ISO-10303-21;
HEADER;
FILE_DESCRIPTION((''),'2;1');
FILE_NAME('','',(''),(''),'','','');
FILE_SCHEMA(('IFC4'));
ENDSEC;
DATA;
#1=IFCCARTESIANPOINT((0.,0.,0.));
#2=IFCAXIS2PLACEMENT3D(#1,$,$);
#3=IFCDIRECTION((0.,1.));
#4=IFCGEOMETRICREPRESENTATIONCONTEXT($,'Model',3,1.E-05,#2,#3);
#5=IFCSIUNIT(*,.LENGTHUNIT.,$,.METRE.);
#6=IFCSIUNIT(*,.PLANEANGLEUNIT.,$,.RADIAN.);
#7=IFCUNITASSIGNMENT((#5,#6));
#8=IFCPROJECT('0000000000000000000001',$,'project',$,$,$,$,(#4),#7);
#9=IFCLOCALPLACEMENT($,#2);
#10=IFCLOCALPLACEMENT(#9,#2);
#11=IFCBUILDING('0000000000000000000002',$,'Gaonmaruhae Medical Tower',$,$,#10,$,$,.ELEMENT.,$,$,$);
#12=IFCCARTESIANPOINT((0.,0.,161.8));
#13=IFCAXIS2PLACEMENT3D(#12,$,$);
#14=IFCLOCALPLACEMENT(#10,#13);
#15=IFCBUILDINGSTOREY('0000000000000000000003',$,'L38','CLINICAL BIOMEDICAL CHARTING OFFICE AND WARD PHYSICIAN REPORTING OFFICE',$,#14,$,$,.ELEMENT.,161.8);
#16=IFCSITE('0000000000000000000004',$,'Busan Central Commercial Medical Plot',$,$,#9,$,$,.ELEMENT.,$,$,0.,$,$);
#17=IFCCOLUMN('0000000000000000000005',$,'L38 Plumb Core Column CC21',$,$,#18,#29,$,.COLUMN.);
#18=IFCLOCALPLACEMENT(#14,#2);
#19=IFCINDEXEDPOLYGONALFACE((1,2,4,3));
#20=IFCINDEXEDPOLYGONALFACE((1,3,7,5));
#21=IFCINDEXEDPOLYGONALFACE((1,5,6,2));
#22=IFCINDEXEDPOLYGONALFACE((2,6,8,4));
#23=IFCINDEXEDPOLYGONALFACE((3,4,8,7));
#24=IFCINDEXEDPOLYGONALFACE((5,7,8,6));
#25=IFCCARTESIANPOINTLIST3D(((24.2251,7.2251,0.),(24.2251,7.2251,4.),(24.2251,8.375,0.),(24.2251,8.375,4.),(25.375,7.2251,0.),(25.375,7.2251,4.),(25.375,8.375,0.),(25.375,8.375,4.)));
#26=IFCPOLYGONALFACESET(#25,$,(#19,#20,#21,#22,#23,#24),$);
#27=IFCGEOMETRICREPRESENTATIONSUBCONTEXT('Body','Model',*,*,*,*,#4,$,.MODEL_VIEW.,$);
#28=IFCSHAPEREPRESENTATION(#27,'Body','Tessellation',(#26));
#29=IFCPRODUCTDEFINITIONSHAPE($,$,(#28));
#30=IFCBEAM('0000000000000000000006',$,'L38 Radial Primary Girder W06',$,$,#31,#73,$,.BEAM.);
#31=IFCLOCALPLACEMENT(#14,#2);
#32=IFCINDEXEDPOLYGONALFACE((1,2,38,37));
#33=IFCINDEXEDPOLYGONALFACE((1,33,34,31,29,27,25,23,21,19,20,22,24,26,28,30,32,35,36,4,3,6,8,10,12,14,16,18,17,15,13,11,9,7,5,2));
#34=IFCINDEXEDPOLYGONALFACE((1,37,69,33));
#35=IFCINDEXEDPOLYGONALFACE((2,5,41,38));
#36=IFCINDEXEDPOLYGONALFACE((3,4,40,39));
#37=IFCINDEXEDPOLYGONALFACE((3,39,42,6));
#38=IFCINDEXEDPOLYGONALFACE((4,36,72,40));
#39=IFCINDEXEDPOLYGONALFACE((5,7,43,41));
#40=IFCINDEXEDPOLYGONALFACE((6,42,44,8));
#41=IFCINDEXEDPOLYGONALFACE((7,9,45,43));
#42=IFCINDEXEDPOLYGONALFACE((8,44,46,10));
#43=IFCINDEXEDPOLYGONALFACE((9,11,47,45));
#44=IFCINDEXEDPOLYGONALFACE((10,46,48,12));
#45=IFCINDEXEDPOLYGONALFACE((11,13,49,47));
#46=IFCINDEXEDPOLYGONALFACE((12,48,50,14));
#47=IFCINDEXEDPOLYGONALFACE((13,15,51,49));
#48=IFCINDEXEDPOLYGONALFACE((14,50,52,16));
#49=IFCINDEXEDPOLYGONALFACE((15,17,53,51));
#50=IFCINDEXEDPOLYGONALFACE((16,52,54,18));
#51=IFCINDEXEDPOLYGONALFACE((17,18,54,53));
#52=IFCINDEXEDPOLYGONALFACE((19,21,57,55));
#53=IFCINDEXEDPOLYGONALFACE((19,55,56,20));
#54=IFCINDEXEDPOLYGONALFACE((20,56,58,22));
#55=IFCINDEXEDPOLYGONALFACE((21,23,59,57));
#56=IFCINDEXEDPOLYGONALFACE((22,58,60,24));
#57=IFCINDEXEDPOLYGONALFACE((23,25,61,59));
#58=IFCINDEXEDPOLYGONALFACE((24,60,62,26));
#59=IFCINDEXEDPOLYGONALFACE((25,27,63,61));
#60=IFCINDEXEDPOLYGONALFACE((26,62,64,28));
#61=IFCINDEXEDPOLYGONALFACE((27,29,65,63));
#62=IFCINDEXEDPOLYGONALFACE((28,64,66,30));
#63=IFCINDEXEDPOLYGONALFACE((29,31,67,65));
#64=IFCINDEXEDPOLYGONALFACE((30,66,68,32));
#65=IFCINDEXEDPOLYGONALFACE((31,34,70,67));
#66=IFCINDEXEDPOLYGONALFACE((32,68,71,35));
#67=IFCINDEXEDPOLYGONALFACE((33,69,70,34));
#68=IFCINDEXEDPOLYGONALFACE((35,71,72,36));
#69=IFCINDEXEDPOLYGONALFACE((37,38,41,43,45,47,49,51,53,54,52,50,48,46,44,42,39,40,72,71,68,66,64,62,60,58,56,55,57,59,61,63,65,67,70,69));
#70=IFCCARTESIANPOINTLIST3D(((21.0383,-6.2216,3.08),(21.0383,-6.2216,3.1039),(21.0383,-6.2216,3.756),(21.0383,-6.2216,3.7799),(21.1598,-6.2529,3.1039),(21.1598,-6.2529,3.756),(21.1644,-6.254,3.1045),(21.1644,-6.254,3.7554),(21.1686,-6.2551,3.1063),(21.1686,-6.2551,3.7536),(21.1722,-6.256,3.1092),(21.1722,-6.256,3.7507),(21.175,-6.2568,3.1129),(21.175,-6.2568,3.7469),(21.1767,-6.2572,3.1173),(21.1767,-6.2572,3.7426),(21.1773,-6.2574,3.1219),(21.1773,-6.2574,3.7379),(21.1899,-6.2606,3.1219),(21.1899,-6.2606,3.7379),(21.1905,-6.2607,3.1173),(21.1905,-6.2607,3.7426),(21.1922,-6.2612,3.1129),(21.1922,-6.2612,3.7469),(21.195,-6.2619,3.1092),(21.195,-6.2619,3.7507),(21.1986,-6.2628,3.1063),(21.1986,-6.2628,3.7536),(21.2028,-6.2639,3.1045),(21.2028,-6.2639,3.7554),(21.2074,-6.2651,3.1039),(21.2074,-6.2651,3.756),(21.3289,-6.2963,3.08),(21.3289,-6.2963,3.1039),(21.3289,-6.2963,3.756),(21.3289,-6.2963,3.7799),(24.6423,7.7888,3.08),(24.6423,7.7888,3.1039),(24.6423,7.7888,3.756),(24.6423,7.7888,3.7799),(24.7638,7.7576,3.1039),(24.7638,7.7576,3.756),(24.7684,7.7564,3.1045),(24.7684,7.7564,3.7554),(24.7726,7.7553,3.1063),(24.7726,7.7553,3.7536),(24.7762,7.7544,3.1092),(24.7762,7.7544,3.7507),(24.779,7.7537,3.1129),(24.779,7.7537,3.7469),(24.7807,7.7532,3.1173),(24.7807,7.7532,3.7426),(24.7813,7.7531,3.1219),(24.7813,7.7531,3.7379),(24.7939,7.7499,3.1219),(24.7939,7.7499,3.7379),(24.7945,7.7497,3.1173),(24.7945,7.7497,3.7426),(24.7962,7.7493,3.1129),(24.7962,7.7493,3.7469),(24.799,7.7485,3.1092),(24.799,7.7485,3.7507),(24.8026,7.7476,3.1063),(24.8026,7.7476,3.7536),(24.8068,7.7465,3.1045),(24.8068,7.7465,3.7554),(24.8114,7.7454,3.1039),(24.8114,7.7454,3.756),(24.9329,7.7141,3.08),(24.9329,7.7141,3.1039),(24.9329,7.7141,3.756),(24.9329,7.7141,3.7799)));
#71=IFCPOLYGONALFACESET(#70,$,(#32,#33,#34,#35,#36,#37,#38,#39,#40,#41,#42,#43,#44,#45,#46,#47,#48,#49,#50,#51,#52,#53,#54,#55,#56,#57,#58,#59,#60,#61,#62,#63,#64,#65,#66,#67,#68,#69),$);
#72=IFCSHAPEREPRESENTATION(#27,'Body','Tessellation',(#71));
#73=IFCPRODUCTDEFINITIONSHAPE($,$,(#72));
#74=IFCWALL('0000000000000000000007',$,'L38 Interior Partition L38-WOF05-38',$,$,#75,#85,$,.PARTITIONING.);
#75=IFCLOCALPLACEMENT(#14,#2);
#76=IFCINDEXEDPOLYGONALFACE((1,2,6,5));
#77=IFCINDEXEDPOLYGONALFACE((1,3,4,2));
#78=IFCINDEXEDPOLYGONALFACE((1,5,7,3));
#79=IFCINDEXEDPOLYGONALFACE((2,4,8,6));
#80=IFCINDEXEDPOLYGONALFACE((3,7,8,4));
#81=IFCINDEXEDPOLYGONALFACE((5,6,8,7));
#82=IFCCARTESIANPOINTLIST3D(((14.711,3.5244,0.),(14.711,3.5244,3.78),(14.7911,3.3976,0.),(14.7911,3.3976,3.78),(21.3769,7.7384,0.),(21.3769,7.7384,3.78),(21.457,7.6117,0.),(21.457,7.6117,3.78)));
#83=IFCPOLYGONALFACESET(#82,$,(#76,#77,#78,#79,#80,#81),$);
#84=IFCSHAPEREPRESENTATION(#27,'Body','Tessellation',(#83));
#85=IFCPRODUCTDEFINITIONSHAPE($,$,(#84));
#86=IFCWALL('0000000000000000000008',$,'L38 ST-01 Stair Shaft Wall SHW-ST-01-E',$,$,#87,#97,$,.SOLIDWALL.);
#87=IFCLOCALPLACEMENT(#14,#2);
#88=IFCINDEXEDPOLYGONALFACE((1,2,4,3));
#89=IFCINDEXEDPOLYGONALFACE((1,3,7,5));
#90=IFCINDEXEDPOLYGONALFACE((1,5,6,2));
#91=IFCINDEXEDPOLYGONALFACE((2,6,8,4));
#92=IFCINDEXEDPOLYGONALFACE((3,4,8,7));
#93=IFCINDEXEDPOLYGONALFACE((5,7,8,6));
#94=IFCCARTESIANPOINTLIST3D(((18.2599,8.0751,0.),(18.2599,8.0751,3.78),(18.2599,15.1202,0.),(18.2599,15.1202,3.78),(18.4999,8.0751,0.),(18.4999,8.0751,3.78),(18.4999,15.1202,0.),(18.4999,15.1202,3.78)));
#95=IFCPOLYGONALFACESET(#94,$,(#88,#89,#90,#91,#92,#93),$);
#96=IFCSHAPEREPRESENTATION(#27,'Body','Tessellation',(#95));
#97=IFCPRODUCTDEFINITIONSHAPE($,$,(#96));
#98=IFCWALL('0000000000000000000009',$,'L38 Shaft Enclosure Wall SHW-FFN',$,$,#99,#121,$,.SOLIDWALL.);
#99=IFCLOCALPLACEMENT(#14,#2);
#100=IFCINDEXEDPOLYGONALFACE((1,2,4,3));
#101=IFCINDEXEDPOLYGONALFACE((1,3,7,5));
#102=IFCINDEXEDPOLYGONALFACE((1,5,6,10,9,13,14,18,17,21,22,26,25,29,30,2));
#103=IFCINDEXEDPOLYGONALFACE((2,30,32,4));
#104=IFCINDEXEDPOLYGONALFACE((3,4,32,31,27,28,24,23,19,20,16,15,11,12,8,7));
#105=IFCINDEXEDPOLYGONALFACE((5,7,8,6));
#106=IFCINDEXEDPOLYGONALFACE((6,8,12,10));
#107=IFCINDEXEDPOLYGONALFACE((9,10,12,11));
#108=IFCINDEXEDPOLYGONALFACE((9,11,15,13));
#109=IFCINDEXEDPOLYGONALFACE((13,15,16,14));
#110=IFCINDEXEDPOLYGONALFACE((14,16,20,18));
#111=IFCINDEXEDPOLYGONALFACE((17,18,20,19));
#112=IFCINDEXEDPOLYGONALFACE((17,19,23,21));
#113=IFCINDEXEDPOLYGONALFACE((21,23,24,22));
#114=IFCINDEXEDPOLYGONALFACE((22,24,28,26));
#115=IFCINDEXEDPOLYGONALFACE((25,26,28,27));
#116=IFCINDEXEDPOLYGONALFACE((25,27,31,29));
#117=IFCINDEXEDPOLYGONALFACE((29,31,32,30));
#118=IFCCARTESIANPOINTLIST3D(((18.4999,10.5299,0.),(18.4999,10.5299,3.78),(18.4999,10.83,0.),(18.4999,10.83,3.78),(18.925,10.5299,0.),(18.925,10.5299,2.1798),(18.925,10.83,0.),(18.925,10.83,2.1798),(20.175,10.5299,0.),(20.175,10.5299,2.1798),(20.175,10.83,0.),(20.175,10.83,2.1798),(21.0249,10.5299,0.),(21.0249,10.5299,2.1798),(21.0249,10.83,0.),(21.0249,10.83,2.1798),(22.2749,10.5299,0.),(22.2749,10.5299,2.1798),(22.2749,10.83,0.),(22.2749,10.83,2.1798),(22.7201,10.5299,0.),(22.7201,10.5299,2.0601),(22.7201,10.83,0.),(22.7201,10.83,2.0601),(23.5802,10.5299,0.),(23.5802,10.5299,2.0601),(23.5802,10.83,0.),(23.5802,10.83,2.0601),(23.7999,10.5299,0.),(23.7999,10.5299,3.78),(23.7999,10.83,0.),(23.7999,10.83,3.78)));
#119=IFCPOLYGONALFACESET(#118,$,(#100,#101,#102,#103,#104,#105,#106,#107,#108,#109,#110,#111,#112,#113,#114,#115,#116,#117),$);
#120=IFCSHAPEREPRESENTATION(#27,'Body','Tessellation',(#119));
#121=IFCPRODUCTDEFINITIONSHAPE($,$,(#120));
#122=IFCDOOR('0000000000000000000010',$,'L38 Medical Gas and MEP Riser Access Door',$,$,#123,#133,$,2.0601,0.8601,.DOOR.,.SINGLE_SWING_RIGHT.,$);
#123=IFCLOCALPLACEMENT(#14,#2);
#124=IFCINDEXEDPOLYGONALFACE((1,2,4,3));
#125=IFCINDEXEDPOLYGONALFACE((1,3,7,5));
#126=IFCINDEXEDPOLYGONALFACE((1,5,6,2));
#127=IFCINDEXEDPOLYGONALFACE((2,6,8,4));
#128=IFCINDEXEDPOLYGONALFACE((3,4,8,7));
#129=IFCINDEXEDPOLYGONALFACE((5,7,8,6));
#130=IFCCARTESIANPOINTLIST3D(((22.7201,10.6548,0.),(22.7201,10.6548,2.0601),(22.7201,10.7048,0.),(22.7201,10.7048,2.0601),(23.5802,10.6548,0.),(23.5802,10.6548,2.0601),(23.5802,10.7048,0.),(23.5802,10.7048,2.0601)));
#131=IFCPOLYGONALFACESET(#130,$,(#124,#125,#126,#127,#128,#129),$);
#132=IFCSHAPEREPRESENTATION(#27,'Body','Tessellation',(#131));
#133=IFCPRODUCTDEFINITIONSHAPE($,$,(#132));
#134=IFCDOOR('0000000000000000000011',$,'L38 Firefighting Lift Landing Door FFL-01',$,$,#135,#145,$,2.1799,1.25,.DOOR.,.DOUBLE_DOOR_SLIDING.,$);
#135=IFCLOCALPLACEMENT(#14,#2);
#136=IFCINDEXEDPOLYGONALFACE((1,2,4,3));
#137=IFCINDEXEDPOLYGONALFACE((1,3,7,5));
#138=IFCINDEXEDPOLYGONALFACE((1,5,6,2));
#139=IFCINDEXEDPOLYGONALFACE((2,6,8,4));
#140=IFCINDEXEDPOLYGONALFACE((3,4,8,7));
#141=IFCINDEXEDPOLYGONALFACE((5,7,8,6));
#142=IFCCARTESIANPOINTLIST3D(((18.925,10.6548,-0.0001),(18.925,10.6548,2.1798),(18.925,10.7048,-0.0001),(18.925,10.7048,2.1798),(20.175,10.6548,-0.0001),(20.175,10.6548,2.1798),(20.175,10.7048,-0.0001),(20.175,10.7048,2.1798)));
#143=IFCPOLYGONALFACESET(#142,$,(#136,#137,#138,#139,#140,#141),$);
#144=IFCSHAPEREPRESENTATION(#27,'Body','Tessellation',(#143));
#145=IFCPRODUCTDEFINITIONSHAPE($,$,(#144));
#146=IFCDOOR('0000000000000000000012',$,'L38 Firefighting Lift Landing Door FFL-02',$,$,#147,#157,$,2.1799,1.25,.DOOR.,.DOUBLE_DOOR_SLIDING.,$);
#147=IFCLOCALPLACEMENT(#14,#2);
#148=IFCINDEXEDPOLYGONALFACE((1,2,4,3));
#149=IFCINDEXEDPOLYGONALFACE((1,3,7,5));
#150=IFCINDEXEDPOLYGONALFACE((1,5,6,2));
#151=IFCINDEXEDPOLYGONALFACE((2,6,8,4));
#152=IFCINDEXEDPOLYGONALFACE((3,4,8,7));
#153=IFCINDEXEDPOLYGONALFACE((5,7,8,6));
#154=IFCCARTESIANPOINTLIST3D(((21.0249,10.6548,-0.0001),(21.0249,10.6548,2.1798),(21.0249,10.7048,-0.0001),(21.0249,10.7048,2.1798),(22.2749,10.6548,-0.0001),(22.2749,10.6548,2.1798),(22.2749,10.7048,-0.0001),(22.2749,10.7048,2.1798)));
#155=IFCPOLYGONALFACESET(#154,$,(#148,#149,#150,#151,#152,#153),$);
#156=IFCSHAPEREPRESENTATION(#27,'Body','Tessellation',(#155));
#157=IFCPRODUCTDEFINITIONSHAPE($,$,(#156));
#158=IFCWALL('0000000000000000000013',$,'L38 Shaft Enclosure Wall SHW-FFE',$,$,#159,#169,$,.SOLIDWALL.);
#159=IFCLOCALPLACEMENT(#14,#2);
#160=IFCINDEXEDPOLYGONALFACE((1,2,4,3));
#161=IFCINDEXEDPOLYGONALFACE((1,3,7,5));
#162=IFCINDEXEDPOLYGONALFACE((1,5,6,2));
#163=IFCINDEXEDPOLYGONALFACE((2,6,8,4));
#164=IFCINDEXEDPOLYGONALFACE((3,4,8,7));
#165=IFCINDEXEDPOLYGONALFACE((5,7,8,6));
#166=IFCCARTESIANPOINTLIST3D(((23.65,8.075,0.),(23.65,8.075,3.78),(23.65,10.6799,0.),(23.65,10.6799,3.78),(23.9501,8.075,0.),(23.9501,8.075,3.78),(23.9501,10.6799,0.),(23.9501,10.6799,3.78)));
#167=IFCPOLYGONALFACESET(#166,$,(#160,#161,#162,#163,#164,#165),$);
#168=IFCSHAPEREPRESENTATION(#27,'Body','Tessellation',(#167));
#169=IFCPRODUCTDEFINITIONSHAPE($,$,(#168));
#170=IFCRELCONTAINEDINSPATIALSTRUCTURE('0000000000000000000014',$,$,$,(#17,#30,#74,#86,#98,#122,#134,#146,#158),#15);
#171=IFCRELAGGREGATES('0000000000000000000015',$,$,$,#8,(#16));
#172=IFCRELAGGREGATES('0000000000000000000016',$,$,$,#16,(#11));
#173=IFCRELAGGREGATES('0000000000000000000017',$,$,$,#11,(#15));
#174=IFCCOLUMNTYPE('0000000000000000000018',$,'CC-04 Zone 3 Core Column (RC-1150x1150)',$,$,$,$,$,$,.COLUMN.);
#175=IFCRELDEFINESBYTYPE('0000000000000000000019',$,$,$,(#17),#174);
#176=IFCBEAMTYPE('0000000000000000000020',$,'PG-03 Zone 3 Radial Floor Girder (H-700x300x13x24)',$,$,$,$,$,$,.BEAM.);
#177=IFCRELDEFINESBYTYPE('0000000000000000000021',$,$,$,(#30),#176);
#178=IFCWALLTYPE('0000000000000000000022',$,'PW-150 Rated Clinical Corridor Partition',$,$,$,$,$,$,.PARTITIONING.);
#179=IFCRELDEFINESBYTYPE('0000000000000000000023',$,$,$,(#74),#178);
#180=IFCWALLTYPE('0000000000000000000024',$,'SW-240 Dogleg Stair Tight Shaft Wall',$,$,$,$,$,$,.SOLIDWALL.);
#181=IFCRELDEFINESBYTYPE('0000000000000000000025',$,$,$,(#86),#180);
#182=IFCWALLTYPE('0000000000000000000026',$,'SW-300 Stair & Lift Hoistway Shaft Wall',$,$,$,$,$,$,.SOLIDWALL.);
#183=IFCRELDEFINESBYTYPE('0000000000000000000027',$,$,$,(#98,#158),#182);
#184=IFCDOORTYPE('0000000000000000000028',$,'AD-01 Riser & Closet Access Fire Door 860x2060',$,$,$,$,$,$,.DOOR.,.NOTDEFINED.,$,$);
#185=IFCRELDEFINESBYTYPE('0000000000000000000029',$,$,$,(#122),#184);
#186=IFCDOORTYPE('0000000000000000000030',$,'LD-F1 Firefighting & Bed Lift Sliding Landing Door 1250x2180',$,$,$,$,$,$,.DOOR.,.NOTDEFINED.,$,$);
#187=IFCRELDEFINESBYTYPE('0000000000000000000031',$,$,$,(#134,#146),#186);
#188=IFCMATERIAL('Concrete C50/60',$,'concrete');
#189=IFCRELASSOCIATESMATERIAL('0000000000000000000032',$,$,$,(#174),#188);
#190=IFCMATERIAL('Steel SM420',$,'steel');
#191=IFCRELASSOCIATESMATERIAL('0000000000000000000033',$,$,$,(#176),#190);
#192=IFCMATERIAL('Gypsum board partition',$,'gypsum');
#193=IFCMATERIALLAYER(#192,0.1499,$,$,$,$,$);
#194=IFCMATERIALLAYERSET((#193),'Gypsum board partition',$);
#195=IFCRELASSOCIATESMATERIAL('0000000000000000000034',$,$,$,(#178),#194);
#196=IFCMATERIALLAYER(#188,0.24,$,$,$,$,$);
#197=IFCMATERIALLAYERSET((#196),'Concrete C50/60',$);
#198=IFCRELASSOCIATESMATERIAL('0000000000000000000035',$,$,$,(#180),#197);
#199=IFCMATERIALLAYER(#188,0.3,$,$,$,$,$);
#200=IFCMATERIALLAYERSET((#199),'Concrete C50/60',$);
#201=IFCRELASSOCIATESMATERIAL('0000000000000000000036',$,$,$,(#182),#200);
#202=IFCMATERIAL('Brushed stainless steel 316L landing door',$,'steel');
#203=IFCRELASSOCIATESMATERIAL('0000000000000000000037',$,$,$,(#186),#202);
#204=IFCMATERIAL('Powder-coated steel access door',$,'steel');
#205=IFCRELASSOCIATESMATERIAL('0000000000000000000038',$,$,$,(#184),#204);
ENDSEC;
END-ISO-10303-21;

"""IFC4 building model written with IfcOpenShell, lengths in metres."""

from ifc_helpers import new_model, si_unit, direction, frame, frame_2d, origin, origin_2d, place, context, subcontext, project, spatial, rectangle, i_section, extrude, material, layer, layer_set, material_profile, profile_set, type_object, element, fill, save


model = new_model("IFC4")

# Units and contexts
model_context = context("Model", 3, precision=1e-05, world=origin(), true_north=direction((0.0, 1.0)))
body_context = subcontext(model_context, "Body", "Model", "MODEL_VIEW")
ifc_project = project(units=[si_unit("LENGTHUNIT", "METRE"), si_unit("PLANEANGLEUNIT", "RADIAN")], contexts=[model_context])

# Site, building, storey
site_placement = place(None, origin())
site = spatial("IfcSite", under=ifc_project, at=site_placement, Name="Busan Central Commercial Medical Plot", CompositionType="ELEMENT", RefElevation=0.0)
building_placement = place(site_placement, origin())
building = spatial("IfcBuilding", under=site, at=building_placement, Name="Gaonmaruhae Medical Tower", CompositionType="ELEMENT")
storey_placement = place(building_placement, frame((0.0, 0.0, 161.8)))
storey = spatial("IfcBuildingStorey", under=building, at=storey_placement, Name="L38", Description="CLINICAL BIOMEDICAL CHARTING OFFICE AND WARD PHYSICIAN REPORTING OFFICE", CompositionType="ELEMENT", Elevation=161.8)

# Column
ifc_material_1 = material(Name="Concrete C50/60", Category="concrete")
ifc_material_profile_1 = material_profile(ifc_material_1, rectangle(XDim=1.1499, YDim=1.1499, at=origin_2d()), Name="RC-1150x1150")
ifc_profile_set_1 = profile_set([ifc_material_profile_1], Name="Concrete C50/60")
column_type = type_object("IfcColumnType", Name="CC-04 Zone 3 Core Column (RC-1150x1150)", PredefinedType="COLUMN", material=ifc_profile_set_1)
column_placement = place(storey_placement, frame((24.8, 7.8, 0.0), z_axis=(0.0, 0.0, 1.0), x_axis=(1.0, 0.0, 0.0)))
element("IfcColumn", 1, at=column_placement, inside=storey, type_object=column_type, Name="L38 Plumb Core Column CC21", PredefinedType="COLUMN", context=body_context, shape_type="SweptSolid", body=[
    extrude(rectangle(XDim=1.1499, YDim=1.1499, at=origin_2d()), origin(), (0.0, 0.0, 1.0), 4.0),
])

# Beam
ifc_material_2 = material(Name="Steel SM420", Category="steel")
ifc_material_profile_2 = material_profile(ifc_material_2, i_section(OverallWidth=0.3, OverallDepth=0.7, WebThickness=0.0129, FlangeThickness=0.0239, FilletRadius=0.0181, at=origin_2d()), Name="H-700x300x13x24")
ifc_profile_set_2 = profile_set([ifc_material_profile_2], Name="Steel SM420")
beam_type = type_object("IfcBeamType", Name="PG-03 Zone 3 Radial Floor Girder (H-700x300x13x24)", PredefinedType="BEAM", material=ifc_profile_set_2)
beam_placement = place(storey_placement, frame((24.7876, 7.7515, 3.4299), z_axis=(-0.249126, -0.968471, 0.0), x_axis=(0.968471, -0.249126, 0.0)))
element("IfcBeam", 2, at=beam_placement, inside=storey, type_object=beam_type, Name="L38 Radial Primary Girder W06", PredefinedType="BEAM", context=body_context, shape_type="SweptSolid", body=[
    extrude(i_section(OverallWidth=0.3, OverallDepth=0.7, WebThickness=0.0129, FlangeThickness=0.0239, FilletRadius=0.0181, at=origin_2d()), origin(), (0.0, 0.0, 1.0), 14.4666),
])

# Walls
ifc_material_3 = material(Name="Gypsum board partition", Category="gypsum")
ifc_layer_1 = layer(ifc_material_3, 0.1499)
ifc_layer_set_1 = layer_set([ifc_layer_1], Name="Gypsum board partition")
wall_type_1 = type_object("IfcWallType", Name="PW-150 Rated Clinical Corridor Partition", PredefinedType="PARTITIONING", material=ifc_layer_set_1)
wall_1_placement = place(storey_placement, frame((21.417, 7.675, 0.0), z_axis=(0.0, 0.0, 1.0), x_axis=(-0.84526, -0.534355, 0.0)))
element("IfcWall", 3, at=wall_1_placement, inside=storey, type_object=wall_type_1, Name="L38 Interior Partition L38-WOF05-38", PredefinedType="PARTITIONING", context=body_context, shape_type="SweptSolid", body=[
    extrude(rectangle(XDim=7.8862, YDim=0.1499, at=frame_2d((3.9431, 0.0))), origin(), (0.0, 0.0, 1.0), 3.78),
])
ifc_layer_2 = layer(ifc_material_1, 0.24)
ifc_layer_set_2 = layer_set([ifc_layer_2], Name="Concrete C50/60")
wall_type_2 = type_object("IfcWallType", Name="SW-240 Dogleg Stair Tight Shaft Wall", PredefinedType="SOLIDWALL", material=ifc_layer_set_2)
wall_2_placement = place(storey_placement, frame((18.3799, 15.1201, 0.0), z_axis=(0.0, 0.0, 1.0), x_axis=(0.0, -1.0, 0.0)))
element("IfcWall", 4, at=wall_2_placement, inside=storey, type_object=wall_type_2, Name="L38 ST-01 Stair Shaft Wall SHW-ST-01-E", PredefinedType="SOLIDWALL", context=body_context, shape_type="SweptSolid", body=[
    extrude(rectangle(XDim=7.0452, YDim=0.24, at=frame_2d((3.5225, 0.0))), origin(), (0.0, 0.0, 1.0), 3.78),
])

# Wall, openings, doors
ifc_layer_3 = layer(ifc_material_1, 0.3)
ifc_layer_set_3 = layer_set([ifc_layer_3], Name="Concrete C50/60")
wall_type_3 = type_object("IfcWallType", Name="SW-300 Stair & Lift Hoistway Shaft Wall", PredefinedType="SOLIDWALL", material=ifc_layer_set_3)
ifc_material_4 = material(Name="Brushed stainless steel 316L landing door", Category="steel")
door_type_1 = type_object("IfcDoorType", Name="LD-F1 Firefighting & Bed Lift Sliding Landing Door 1250x2180", OperationType="NOTDEFINED", PredefinedType="DOOR", material=ifc_material_4)
wall_3_placement = place(storey_placement, frame((18.5, 10.6799, 0.0), z_axis=(0.0, 0.0, 1.0), x_axis=(1.0, 0.0, 0.0)))
wall_3 = element("IfcWall", 5, at=wall_3_placement, inside=storey, type_object=wall_type_3, Name="L38 Shaft Enclosure Wall SHW-FFN", PredefinedType="SOLIDWALL", context=body_context, shape_type="SweptSolid", body=[
    extrude(rectangle(XDim=5.3, YDim=0.3, at=frame_2d((2.6499, 0.0))), origin(), (0.0, 0.0, 1.0), 3.78),
])
opening_1_placement = place(wall_3_placement, frame((4.22, 0.0, 0.0)))
opening_1 = element("IfcOpeningElement", 6, at=opening_1_placement, cuts=wall_3, PredefinedType="OPENING", context=body_context, shape_type="SweptSolid", body=[
    extrude(rectangle(XDim=0.8601, YDim=2.0601, at=frame_2d((0.4302, 1.03))), frame((0.0, 0.1602, 0.0), z_axis=(0.0, -1.0, 0.0), x_axis=(1.0, 0.0, 0.0)), (0.0, 0.0, 1.0), 0.3201),
])
opening_2_placement = place(wall_3_placement, frame((0.425, 0.0, 0.0)))
opening_2 = element("IfcOpeningElement", 7, at=opening_2_placement, cuts=wall_3, PredefinedType="OPENING", context=body_context, shape_type="SweptSolid", body=[
    extrude(rectangle(XDim=1.25, YDim=2.1799, at=frame_2d((0.625, 1.0898))), frame((0.0, 0.1602, 0.0), z_axis=(0.0, -1.0, 0.0), x_axis=(1.0, 0.0, 0.0)), (0.0, 0.0, 1.0), 0.3201),
])
opening_3_placement = place(wall_3_placement, frame((2.5249, 0.0, 0.0)))
opening_3 = element("IfcOpeningElement", 8, at=opening_3_placement, cuts=wall_3, PredefinedType="OPENING", context=body_context, shape_type="SweptSolid", body=[
    extrude(rectangle(XDim=1.25, YDim=2.1799, at=frame_2d((0.625, 1.0898))), frame((0.0, 0.1602, 0.0), z_axis=(0.0, -1.0, 0.0), x_axis=(1.0, 0.0, 0.0)), (0.0, 0.0, 1.0), 0.3201),
])
ifc_material_5 = material(Name="Powder-coated steel access door", Category="steel")
door_type_2 = type_object("IfcDoorType", Name="AD-01 Riser & Closet Access Fire Door 860x2060", OperationType="NOTDEFINED", PredefinedType="DOOR", material=ifc_material_5)
door_1_placement = place(opening_1_placement, origin())
door_1 = element("IfcDoor", 9, at=door_1_placement, inside=storey, type_object=door_type_2, Name="L38 Medical Gas and MEP Riser Access Door", OperationType="SINGLE_SWING_RIGHT", OverallHeight=2.0601, OverallWidth=0.8601, PredefinedType="DOOR", context=body_context, shape_type="SweptSolid", body=[
    extrude(rectangle(XDim=0.8601, YDim=2.0601, at=frame_2d((0.4302, 1.03))), frame((0.0, 0.0249, 0.0), z_axis=(0.0, -1.0, 0.0), x_axis=(1.0, 0.0, 0.0)), (0.0, 0.0, 1.0), 0.05),
])
fill(opening_1, door_1)
door_2_placement = place(opening_2_placement, origin())
door_2 = element("IfcDoor", 10, at=door_2_placement, inside=storey, type_object=door_type_1, Name="L38 Firefighting Lift Landing Door FFL-01", OperationType="DOUBLE_DOOR_SLIDING", OverallHeight=2.1799, OverallWidth=1.25, PredefinedType="DOOR", context=body_context, shape_type="SweptSolid", body=[
    extrude(rectangle(XDim=1.25, YDim=2.1799, at=frame_2d((0.625, 1.0898))), frame((0.0, 0.0249, 0.0), z_axis=(0.0, -1.0, 0.0), x_axis=(1.0, 0.0, 0.0)), (0.0, 0.0, 1.0), 0.05),
])
fill(opening_2, door_2)
door_3_placement = place(opening_3_placement, origin())
door_3 = element("IfcDoor", 11, at=door_3_placement, inside=storey, type_object=door_type_1, Name="L38 Firefighting Lift Landing Door FFL-02", OperationType="DOUBLE_DOOR_SLIDING", OverallHeight=2.1799, OverallWidth=1.25, PredefinedType="DOOR", context=body_context, shape_type="SweptSolid", body=[
    extrude(rectangle(XDim=1.25, YDim=2.1799, at=frame_2d((0.625, 1.0898))), frame((0.0, 0.0249, 0.0), z_axis=(0.0, -1.0, 0.0), x_axis=(1.0, 0.0, 0.0)), (0.0, 0.0, 1.0), 0.05),
])
fill(opening_3, door_3)

# Wall
wall_4_placement = place(storey_placement, frame((23.8, 8.075, 0.0), z_axis=(0.0, 0.0, 1.0), x_axis=(0.0, 1.0, 0.0)))
element("IfcWall", 12, at=wall_4_placement, inside=storey, type_object=wall_type_3, Name="L38 Shaft Enclosure Wall SHW-FFE", PredefinedType="SOLIDWALL", context=body_context, shape_type="SweptSolid", body=[
    extrude(rectangle(XDim=2.605, YDim=0.3, at=frame_2d((1.3025, 0.0))), origin(), (0.0, 0.0, 1.0), 3.78),
])

save(model, "model.ifc")
